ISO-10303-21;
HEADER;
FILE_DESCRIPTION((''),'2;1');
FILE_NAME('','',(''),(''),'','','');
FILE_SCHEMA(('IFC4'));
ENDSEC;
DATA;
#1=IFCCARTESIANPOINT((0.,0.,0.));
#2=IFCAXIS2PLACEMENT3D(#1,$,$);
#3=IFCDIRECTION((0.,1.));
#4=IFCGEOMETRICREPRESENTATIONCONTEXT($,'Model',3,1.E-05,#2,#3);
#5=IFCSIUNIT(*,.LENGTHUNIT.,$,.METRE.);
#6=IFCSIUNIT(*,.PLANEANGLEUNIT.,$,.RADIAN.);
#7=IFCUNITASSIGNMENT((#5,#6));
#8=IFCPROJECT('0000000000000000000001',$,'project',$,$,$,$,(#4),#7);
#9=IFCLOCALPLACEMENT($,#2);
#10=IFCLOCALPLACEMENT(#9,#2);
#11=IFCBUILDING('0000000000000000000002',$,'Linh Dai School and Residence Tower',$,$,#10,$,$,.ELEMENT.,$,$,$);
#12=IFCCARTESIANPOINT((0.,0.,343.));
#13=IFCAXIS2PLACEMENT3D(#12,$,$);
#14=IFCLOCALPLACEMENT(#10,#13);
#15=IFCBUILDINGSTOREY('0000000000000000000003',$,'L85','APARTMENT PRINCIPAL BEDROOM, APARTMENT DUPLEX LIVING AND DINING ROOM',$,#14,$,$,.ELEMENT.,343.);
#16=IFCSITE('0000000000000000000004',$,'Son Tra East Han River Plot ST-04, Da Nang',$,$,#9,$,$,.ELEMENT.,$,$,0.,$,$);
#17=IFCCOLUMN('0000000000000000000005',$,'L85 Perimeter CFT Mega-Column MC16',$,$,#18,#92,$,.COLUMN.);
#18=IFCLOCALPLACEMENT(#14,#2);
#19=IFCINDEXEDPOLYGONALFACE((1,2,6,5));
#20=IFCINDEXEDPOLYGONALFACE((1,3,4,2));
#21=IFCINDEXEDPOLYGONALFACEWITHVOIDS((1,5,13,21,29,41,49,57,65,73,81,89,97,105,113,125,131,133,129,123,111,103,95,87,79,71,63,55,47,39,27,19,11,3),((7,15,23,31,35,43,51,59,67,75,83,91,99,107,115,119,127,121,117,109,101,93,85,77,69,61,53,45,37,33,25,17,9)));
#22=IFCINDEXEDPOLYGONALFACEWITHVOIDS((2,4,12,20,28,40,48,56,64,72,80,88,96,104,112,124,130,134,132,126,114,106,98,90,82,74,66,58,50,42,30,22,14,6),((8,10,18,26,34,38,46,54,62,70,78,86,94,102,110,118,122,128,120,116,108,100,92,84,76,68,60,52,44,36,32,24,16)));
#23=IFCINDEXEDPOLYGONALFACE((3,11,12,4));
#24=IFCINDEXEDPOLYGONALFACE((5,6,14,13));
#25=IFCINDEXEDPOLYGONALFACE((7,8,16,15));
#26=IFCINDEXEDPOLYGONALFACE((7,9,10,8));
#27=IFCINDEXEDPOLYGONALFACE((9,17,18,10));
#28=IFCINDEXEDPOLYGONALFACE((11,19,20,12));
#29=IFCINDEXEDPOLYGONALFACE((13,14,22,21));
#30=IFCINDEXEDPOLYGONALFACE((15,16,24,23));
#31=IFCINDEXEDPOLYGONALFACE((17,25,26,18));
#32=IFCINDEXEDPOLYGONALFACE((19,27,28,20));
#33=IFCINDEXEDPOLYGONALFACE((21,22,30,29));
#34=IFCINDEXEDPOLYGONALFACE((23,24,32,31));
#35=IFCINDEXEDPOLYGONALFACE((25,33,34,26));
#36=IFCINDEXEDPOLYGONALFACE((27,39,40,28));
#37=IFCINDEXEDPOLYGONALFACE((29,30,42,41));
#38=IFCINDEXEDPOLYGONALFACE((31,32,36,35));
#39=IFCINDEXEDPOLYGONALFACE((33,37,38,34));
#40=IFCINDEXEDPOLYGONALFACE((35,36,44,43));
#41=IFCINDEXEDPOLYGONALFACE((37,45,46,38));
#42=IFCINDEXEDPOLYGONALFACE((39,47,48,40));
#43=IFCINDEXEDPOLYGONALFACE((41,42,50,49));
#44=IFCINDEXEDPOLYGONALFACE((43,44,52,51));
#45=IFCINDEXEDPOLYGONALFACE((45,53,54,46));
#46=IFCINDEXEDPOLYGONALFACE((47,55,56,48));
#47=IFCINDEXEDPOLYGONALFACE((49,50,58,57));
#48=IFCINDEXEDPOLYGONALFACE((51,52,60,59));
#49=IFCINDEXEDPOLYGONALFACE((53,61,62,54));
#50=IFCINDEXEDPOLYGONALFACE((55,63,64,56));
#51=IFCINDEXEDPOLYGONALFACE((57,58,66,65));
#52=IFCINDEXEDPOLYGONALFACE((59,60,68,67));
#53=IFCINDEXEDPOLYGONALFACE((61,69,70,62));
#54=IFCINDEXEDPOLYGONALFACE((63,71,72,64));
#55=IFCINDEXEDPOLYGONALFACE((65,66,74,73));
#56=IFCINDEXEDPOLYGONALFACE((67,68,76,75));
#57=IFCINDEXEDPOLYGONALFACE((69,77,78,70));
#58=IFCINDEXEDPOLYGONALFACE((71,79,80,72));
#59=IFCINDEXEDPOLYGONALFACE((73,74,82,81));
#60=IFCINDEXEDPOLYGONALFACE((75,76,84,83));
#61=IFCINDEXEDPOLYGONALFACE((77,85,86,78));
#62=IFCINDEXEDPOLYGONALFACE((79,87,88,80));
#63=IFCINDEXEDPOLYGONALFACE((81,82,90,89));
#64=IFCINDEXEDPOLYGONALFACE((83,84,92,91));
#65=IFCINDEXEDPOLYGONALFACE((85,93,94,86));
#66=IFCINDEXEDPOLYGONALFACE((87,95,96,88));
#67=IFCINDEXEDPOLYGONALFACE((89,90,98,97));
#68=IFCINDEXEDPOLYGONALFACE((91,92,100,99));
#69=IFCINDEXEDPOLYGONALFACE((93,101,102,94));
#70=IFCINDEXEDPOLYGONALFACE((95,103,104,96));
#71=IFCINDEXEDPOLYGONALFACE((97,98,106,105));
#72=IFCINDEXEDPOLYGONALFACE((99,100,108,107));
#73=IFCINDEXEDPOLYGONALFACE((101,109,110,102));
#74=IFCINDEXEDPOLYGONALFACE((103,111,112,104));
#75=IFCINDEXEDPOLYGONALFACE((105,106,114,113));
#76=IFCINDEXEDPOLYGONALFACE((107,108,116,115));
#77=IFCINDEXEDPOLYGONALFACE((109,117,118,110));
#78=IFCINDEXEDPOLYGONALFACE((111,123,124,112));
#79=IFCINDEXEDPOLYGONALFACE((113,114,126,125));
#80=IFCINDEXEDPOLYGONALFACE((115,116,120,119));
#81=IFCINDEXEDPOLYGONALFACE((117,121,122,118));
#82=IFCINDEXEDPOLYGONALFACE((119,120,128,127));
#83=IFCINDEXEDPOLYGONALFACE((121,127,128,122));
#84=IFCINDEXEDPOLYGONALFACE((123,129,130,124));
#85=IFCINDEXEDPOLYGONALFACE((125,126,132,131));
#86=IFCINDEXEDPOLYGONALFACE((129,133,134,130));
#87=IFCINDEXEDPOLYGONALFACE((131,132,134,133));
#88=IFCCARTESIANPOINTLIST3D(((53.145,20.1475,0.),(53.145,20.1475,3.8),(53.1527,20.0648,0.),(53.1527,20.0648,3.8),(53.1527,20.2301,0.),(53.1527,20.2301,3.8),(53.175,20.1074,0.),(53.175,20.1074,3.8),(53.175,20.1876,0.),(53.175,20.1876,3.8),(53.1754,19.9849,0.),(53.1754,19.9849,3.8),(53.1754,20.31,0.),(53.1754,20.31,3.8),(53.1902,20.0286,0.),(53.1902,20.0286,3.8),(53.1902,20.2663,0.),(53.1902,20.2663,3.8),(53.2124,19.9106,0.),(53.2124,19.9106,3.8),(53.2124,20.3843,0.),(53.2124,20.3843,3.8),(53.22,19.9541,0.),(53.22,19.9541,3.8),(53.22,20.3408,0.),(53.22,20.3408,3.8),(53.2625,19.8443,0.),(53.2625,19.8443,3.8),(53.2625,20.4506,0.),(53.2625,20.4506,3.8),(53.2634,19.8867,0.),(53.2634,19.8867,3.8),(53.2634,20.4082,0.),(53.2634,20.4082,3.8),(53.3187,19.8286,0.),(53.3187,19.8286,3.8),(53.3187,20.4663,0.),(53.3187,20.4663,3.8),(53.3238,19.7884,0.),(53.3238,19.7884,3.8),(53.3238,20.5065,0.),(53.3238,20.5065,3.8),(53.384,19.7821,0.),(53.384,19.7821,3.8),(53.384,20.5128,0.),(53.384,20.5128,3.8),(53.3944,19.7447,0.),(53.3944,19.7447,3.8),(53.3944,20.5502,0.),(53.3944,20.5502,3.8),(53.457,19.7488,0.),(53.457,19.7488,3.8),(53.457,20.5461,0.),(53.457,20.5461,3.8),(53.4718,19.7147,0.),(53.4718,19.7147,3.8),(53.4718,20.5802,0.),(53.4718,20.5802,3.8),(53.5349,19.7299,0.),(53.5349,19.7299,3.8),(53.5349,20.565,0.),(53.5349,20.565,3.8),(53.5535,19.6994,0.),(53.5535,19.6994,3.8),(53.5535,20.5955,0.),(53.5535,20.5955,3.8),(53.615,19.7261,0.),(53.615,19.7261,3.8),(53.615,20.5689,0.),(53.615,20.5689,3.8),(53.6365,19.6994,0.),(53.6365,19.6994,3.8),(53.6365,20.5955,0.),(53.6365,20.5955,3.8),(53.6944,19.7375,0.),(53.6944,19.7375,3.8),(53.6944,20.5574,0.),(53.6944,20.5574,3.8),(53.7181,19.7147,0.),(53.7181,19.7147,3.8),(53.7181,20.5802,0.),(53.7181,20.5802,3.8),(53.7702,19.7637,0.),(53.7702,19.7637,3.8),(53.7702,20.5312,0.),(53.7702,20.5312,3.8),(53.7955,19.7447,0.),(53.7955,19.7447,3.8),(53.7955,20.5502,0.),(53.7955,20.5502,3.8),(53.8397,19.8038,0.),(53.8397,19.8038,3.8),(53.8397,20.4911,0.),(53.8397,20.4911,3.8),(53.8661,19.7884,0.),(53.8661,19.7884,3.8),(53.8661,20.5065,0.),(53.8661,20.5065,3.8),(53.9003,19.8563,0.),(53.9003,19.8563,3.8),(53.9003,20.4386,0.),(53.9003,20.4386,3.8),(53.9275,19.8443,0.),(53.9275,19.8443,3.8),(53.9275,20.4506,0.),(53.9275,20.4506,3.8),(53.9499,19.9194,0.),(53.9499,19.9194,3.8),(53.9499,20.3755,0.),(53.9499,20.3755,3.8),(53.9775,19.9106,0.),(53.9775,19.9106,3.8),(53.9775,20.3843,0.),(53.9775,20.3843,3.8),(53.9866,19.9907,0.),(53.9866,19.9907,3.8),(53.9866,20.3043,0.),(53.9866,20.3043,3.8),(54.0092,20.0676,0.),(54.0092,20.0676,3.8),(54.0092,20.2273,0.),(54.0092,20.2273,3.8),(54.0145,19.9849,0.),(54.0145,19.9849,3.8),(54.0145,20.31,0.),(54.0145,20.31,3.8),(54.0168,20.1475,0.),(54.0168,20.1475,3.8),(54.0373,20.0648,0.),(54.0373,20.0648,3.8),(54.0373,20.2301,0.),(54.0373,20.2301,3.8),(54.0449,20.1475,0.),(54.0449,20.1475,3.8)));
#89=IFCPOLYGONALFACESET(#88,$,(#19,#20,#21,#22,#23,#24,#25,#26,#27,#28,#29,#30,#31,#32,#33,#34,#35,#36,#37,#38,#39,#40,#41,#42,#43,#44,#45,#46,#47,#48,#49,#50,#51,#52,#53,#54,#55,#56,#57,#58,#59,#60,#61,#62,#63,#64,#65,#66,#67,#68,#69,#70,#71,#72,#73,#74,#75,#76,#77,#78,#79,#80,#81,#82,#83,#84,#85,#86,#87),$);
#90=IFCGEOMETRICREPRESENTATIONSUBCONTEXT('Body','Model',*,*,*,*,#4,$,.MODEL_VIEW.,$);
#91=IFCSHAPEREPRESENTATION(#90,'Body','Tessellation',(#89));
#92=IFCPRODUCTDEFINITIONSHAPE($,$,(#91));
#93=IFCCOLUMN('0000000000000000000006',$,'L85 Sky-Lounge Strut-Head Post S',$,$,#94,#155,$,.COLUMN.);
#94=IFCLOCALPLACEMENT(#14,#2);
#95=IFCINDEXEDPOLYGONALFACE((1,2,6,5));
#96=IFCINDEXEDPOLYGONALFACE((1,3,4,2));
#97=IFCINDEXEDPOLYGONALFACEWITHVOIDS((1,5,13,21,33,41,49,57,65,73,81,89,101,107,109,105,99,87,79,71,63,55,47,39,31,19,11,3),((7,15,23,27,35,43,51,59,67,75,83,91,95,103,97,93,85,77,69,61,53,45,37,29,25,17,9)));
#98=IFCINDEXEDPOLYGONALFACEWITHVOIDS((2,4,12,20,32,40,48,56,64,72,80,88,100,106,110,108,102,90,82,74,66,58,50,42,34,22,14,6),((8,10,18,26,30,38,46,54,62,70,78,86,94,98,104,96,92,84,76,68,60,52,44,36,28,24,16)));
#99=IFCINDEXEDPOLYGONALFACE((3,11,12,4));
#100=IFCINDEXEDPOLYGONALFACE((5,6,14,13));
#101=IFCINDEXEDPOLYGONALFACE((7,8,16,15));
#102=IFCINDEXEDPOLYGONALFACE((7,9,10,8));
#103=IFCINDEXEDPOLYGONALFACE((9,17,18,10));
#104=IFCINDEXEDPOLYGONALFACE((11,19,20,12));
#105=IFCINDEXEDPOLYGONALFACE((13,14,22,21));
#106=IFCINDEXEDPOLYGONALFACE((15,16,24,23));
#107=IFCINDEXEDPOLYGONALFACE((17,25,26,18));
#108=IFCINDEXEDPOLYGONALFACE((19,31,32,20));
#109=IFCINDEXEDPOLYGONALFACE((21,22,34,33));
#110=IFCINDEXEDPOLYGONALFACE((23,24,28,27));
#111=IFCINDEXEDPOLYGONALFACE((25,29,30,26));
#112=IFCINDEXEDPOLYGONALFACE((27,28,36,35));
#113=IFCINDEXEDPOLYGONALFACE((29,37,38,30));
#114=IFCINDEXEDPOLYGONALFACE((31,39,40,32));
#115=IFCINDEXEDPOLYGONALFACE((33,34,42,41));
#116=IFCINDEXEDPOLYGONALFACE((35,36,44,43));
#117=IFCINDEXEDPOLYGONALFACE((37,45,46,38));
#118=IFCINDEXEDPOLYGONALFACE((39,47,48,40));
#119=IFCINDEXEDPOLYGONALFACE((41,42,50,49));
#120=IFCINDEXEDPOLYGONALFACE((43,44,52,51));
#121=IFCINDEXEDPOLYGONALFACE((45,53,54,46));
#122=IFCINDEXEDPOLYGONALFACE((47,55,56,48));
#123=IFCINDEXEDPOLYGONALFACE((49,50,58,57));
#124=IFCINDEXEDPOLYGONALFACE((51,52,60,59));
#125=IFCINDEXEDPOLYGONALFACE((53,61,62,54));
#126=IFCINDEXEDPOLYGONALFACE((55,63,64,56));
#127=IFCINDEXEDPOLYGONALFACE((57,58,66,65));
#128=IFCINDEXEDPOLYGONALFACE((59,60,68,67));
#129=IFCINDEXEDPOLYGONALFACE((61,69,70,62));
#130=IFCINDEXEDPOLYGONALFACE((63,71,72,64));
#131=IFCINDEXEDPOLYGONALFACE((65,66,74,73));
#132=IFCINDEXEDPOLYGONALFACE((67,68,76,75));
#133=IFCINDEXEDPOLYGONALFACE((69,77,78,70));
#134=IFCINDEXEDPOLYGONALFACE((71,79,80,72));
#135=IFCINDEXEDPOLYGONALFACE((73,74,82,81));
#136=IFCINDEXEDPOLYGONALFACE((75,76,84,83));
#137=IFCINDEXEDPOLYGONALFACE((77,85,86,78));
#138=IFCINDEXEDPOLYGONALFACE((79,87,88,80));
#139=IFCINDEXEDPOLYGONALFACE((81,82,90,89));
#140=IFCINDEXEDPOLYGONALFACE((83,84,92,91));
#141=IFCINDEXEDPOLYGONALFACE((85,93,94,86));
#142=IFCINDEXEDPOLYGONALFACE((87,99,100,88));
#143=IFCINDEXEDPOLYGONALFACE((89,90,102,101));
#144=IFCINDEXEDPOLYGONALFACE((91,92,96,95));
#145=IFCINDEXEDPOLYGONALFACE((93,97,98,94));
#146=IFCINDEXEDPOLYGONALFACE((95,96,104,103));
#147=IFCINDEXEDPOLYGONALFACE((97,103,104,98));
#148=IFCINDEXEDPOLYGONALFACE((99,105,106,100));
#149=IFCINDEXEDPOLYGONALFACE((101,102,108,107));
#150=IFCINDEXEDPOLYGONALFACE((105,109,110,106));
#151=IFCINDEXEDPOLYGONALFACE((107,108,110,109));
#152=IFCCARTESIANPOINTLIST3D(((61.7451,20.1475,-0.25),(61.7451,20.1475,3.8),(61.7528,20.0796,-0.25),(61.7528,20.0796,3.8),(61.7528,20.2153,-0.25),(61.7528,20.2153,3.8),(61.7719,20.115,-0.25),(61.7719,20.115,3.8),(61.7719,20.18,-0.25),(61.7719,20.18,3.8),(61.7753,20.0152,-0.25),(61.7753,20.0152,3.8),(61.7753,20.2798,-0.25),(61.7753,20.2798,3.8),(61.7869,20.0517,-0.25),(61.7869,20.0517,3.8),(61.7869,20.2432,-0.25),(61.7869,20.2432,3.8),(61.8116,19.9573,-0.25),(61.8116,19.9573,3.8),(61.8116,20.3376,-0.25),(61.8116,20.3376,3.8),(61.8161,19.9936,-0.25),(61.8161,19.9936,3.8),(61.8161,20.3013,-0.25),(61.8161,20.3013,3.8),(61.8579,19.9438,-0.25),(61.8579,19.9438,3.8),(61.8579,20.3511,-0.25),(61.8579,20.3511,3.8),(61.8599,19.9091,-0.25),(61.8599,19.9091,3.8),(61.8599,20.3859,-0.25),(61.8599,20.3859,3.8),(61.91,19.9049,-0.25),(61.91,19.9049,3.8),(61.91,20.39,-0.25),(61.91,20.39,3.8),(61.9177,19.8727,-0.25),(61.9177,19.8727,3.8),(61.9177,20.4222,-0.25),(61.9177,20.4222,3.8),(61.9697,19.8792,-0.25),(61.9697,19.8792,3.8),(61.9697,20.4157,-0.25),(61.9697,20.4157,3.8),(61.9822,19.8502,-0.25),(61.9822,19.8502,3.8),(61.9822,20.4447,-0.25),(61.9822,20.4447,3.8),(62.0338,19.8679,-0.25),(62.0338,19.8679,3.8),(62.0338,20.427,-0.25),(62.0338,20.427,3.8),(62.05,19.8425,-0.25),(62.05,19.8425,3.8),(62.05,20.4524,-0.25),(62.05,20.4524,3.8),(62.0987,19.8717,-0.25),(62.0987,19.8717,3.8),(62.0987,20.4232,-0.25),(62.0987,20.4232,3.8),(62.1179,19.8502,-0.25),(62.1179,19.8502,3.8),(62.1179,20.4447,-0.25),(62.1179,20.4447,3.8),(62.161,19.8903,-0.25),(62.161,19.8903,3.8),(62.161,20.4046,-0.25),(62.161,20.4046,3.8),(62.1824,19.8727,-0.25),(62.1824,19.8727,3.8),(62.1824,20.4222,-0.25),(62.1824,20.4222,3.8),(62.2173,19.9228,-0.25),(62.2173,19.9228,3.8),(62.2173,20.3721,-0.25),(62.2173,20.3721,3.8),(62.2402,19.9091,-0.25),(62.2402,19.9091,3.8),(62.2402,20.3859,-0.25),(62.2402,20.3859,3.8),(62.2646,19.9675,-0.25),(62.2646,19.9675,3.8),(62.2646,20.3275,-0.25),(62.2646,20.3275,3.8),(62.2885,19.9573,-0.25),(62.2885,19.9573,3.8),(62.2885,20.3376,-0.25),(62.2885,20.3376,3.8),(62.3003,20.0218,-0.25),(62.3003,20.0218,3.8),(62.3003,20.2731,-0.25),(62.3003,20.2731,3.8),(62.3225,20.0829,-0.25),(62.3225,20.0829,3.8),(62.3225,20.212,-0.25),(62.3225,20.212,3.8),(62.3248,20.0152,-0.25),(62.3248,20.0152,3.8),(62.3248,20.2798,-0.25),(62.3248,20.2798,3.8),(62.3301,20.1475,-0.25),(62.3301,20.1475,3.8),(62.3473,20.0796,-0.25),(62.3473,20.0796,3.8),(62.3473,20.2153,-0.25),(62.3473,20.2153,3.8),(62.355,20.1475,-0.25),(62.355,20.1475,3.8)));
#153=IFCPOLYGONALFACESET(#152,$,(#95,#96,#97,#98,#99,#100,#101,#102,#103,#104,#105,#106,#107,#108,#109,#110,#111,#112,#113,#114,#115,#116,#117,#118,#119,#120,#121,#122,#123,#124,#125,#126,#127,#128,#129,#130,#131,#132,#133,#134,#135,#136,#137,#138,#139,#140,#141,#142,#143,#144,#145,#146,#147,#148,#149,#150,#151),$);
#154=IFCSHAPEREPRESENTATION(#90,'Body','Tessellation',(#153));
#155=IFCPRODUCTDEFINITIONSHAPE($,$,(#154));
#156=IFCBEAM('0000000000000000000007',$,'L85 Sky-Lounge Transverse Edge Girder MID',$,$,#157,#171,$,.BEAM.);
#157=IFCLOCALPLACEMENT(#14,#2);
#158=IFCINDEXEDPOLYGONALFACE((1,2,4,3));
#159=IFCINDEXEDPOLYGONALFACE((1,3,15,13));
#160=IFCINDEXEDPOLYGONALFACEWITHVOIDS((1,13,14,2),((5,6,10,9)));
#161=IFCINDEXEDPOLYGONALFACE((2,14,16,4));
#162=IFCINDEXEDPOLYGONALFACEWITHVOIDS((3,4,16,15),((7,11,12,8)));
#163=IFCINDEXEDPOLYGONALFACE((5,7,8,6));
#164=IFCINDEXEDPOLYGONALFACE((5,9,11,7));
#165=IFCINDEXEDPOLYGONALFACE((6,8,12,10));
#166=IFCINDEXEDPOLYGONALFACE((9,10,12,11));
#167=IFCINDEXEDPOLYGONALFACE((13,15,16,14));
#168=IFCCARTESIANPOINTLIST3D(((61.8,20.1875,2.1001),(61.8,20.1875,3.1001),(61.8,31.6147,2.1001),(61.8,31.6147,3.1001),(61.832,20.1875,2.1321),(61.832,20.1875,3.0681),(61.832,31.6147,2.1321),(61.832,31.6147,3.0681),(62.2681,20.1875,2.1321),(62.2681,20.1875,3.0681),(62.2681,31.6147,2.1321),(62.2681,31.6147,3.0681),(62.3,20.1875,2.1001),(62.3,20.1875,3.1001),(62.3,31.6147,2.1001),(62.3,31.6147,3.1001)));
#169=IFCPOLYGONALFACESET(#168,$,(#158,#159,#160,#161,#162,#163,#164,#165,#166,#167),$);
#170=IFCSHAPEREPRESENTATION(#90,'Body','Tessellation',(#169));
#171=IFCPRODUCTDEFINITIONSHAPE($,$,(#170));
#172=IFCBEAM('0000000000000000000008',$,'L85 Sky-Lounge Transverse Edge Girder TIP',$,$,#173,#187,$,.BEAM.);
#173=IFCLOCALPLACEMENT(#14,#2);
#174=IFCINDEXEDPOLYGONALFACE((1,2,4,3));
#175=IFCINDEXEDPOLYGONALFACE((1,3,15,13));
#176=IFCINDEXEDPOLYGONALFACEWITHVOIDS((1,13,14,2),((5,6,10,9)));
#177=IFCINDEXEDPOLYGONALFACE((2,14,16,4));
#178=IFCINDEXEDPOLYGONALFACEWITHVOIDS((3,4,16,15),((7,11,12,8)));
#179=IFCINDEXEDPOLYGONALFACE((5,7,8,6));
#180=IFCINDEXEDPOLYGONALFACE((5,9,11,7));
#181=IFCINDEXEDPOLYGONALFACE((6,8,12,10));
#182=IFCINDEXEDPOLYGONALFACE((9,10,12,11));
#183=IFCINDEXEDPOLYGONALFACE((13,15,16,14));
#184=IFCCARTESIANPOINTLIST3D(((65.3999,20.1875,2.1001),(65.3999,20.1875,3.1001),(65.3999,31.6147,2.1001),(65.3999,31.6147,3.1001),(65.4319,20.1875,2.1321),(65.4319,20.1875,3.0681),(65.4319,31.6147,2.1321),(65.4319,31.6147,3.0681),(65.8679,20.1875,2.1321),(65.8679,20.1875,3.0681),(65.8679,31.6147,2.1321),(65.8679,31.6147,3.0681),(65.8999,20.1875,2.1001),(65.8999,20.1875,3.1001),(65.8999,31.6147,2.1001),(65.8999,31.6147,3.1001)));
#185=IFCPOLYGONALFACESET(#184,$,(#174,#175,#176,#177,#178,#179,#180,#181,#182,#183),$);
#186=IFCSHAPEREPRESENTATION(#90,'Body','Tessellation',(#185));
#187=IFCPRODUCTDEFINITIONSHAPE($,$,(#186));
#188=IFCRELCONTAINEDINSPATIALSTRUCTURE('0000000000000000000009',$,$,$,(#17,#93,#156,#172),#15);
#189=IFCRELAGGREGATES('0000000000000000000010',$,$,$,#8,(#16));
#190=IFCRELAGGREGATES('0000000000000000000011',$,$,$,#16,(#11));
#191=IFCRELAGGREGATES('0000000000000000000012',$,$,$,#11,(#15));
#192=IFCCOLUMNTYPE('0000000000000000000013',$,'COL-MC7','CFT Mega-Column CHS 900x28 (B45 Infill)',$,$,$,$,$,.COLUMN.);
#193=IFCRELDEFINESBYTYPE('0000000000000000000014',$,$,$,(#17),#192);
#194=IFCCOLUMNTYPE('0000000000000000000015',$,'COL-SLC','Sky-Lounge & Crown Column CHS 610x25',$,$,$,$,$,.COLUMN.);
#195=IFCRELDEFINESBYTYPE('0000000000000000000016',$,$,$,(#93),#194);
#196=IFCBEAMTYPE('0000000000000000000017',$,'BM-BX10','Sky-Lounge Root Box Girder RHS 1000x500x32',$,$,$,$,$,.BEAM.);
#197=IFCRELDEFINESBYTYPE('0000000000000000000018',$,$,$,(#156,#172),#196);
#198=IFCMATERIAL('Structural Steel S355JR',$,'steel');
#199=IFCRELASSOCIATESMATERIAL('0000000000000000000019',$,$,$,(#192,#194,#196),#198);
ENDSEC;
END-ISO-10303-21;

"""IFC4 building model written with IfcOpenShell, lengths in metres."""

from ifc_helpers import new_model, si_unit, direction, frame, origin, origin_2d, place, context, subcontext, project, spatial, hollow_rectangle, hollow_circle, extrude, material, material_profile, profile_set, type_object, element, save


model = new_model("IFC4")

# Units and contexts
model_context = context("Model", 3, precision=1e-05, world=origin(), true_north=direction((0.0, 1.0)))
body_context = subcontext(model_context, "Body", "Model", "MODEL_VIEW")
ifc_project = project(units=[si_unit("LENGTHUNIT", "METRE"), si_unit("PLANEANGLEUNIT", "RADIAN")], contexts=[model_context])

# Site, building, storey
site_placement = place(None, origin())
site = spatial("IfcSite", under=ifc_project, at=site_placement, Name="Son Tra East Han River Plot ST-04, Da Nang", CompositionType="ELEMENT", RefElevation=0.0)
building_placement = place(site_placement, origin())
building = spatial("IfcBuilding", under=site, at=building_placement, Name="Linh Dai School and Residence Tower", CompositionType="ELEMENT")
storey_placement = place(building_placement, frame((0.0, 0.0, 343.0)))
storey = spatial("IfcBuildingStorey", under=building, at=storey_placement, Name="L85", Description="APARTMENT PRINCIPAL BEDROOM, APARTMENT DUPLEX LIVING AND DINING ROOM", CompositionType="ELEMENT", Elevation=343.0)

# Columns
ifc_material_1 = material(Name="Structural Steel S355JR", Category="steel")
ifc_material_profile_1 = material_profile(ifc_material_1, hollow_circle(Radius=0.45, WallThickness=0.0281, at=origin_2d()), Name="CHS 900x28")
ifc_profile_set_1 = profile_set([ifc_material_profile_1], Name="Structural Steel S355JR")
column_type_1 = type_object("IfcColumnType", Name="COL-MC7", Description="CFT Mega-Column CHS 900x28 (B45 Infill)", PredefinedType="COLUMN", material=ifc_profile_set_1)
for number, where, z_axis, x_axis, name in (
    (1, (53.595, 20.1475, 0.0), (0.0, 0.0, 1.0), (1.0, 0.0, 0.0), "L85 Perimeter CFT Mega-Column MC16"),
):
    element("IfcColumn", number, at=place(storey_placement, frame(where, z_axis=z_axis, x_axis=x_axis)), inside=storey, type_object=column_type_1, Name=name, PredefinedType="COLUMN", context=body_context, shape_type="SweptSolid", body=[
        extrude(hollow_circle(Radius=0.45, WallThickness=0.0281, at=origin_2d()), origin(), (0.0, 0.0, 1.0), 3.8),
    ])
ifc_material_profile_2 = material_profile(ifc_material_1, hollow_circle(Radius=0.3049, WallThickness=0.0249, at=origin_2d()), Name="CHS 610x25")
ifc_profile_set_2 = profile_set([ifc_material_profile_2], Name="Structural Steel S355JR")
column_type_2 = type_object("IfcColumnType", Name="COL-SLC", Description="Sky-Lounge & Crown Column CHS 610x25", PredefinedType="COLUMN", material=ifc_profile_set_2)
column_placement = place(storey_placement, frame((62.05, 20.1475, -0.25), z_axis=(0.0, 0.0, 1.0), x_axis=(1.0, 0.0, 0.0)))
element("IfcColumn", 2, at=column_placement, inside=storey, type_object=column_type_2, Name="L85 Sky-Lounge Strut-Head Post S", PredefinedType="COLUMN", context=body_context, shape_type="SweptSolid", body=[
    extrude(hollow_circle(Radius=0.3049, WallThickness=0.0249, at=origin_2d()), origin(), (0.0, 0.0, 1.0), 4.05),
])

# Beams
ifc_material_profile_3 = material_profile(ifc_material_1, hollow_rectangle(XDim=0.5, YDim=1.0, WallThickness=0.032, at=origin_2d()), Name="RHS 1000x500x32")
ifc_profile_set_3 = profile_set([ifc_material_profile_3], Name="Structural Steel S355JR")
beam_type_1 = type_object("IfcBeamType", Name="BM-BX10", Description="Sky-Lounge Root Box Girder RHS 1000x500x32", PredefinedType="BEAM", material=ifc_profile_set_3)
for number, where, z_axis, x_axis, name in (
    (3, (62.05, 20.1875, 2.6001), (0.0, 1.0, 0.0), (-1.0, 0.0, 0.0), "L85 Sky-Lounge Transverse Edge Girder MID"),
    (4, (65.6499, 20.1875, 2.6001), (0.0, 1.0, 0.0), (-1.0, 0.0, 0.0), "L85 Sky-Lounge Transverse Edge Girder TIP"),
):
    element("IfcBeam", number, at=place(storey_placement, frame(where, z_axis=z_axis, x_axis=x_axis)), inside=storey, type_object=beam_type_1, Name=name, PredefinedType="BEAM", context=body_context, shape_type="SweptSolid", body=[
        extrude(hollow_rectangle(XDim=0.5, YDim=1.0, WallThickness=0.032, at=origin_2d()), origin(), (0.0, 0.0, 1.0), 11.4272),
    ])

save(model, "model.ifc")
